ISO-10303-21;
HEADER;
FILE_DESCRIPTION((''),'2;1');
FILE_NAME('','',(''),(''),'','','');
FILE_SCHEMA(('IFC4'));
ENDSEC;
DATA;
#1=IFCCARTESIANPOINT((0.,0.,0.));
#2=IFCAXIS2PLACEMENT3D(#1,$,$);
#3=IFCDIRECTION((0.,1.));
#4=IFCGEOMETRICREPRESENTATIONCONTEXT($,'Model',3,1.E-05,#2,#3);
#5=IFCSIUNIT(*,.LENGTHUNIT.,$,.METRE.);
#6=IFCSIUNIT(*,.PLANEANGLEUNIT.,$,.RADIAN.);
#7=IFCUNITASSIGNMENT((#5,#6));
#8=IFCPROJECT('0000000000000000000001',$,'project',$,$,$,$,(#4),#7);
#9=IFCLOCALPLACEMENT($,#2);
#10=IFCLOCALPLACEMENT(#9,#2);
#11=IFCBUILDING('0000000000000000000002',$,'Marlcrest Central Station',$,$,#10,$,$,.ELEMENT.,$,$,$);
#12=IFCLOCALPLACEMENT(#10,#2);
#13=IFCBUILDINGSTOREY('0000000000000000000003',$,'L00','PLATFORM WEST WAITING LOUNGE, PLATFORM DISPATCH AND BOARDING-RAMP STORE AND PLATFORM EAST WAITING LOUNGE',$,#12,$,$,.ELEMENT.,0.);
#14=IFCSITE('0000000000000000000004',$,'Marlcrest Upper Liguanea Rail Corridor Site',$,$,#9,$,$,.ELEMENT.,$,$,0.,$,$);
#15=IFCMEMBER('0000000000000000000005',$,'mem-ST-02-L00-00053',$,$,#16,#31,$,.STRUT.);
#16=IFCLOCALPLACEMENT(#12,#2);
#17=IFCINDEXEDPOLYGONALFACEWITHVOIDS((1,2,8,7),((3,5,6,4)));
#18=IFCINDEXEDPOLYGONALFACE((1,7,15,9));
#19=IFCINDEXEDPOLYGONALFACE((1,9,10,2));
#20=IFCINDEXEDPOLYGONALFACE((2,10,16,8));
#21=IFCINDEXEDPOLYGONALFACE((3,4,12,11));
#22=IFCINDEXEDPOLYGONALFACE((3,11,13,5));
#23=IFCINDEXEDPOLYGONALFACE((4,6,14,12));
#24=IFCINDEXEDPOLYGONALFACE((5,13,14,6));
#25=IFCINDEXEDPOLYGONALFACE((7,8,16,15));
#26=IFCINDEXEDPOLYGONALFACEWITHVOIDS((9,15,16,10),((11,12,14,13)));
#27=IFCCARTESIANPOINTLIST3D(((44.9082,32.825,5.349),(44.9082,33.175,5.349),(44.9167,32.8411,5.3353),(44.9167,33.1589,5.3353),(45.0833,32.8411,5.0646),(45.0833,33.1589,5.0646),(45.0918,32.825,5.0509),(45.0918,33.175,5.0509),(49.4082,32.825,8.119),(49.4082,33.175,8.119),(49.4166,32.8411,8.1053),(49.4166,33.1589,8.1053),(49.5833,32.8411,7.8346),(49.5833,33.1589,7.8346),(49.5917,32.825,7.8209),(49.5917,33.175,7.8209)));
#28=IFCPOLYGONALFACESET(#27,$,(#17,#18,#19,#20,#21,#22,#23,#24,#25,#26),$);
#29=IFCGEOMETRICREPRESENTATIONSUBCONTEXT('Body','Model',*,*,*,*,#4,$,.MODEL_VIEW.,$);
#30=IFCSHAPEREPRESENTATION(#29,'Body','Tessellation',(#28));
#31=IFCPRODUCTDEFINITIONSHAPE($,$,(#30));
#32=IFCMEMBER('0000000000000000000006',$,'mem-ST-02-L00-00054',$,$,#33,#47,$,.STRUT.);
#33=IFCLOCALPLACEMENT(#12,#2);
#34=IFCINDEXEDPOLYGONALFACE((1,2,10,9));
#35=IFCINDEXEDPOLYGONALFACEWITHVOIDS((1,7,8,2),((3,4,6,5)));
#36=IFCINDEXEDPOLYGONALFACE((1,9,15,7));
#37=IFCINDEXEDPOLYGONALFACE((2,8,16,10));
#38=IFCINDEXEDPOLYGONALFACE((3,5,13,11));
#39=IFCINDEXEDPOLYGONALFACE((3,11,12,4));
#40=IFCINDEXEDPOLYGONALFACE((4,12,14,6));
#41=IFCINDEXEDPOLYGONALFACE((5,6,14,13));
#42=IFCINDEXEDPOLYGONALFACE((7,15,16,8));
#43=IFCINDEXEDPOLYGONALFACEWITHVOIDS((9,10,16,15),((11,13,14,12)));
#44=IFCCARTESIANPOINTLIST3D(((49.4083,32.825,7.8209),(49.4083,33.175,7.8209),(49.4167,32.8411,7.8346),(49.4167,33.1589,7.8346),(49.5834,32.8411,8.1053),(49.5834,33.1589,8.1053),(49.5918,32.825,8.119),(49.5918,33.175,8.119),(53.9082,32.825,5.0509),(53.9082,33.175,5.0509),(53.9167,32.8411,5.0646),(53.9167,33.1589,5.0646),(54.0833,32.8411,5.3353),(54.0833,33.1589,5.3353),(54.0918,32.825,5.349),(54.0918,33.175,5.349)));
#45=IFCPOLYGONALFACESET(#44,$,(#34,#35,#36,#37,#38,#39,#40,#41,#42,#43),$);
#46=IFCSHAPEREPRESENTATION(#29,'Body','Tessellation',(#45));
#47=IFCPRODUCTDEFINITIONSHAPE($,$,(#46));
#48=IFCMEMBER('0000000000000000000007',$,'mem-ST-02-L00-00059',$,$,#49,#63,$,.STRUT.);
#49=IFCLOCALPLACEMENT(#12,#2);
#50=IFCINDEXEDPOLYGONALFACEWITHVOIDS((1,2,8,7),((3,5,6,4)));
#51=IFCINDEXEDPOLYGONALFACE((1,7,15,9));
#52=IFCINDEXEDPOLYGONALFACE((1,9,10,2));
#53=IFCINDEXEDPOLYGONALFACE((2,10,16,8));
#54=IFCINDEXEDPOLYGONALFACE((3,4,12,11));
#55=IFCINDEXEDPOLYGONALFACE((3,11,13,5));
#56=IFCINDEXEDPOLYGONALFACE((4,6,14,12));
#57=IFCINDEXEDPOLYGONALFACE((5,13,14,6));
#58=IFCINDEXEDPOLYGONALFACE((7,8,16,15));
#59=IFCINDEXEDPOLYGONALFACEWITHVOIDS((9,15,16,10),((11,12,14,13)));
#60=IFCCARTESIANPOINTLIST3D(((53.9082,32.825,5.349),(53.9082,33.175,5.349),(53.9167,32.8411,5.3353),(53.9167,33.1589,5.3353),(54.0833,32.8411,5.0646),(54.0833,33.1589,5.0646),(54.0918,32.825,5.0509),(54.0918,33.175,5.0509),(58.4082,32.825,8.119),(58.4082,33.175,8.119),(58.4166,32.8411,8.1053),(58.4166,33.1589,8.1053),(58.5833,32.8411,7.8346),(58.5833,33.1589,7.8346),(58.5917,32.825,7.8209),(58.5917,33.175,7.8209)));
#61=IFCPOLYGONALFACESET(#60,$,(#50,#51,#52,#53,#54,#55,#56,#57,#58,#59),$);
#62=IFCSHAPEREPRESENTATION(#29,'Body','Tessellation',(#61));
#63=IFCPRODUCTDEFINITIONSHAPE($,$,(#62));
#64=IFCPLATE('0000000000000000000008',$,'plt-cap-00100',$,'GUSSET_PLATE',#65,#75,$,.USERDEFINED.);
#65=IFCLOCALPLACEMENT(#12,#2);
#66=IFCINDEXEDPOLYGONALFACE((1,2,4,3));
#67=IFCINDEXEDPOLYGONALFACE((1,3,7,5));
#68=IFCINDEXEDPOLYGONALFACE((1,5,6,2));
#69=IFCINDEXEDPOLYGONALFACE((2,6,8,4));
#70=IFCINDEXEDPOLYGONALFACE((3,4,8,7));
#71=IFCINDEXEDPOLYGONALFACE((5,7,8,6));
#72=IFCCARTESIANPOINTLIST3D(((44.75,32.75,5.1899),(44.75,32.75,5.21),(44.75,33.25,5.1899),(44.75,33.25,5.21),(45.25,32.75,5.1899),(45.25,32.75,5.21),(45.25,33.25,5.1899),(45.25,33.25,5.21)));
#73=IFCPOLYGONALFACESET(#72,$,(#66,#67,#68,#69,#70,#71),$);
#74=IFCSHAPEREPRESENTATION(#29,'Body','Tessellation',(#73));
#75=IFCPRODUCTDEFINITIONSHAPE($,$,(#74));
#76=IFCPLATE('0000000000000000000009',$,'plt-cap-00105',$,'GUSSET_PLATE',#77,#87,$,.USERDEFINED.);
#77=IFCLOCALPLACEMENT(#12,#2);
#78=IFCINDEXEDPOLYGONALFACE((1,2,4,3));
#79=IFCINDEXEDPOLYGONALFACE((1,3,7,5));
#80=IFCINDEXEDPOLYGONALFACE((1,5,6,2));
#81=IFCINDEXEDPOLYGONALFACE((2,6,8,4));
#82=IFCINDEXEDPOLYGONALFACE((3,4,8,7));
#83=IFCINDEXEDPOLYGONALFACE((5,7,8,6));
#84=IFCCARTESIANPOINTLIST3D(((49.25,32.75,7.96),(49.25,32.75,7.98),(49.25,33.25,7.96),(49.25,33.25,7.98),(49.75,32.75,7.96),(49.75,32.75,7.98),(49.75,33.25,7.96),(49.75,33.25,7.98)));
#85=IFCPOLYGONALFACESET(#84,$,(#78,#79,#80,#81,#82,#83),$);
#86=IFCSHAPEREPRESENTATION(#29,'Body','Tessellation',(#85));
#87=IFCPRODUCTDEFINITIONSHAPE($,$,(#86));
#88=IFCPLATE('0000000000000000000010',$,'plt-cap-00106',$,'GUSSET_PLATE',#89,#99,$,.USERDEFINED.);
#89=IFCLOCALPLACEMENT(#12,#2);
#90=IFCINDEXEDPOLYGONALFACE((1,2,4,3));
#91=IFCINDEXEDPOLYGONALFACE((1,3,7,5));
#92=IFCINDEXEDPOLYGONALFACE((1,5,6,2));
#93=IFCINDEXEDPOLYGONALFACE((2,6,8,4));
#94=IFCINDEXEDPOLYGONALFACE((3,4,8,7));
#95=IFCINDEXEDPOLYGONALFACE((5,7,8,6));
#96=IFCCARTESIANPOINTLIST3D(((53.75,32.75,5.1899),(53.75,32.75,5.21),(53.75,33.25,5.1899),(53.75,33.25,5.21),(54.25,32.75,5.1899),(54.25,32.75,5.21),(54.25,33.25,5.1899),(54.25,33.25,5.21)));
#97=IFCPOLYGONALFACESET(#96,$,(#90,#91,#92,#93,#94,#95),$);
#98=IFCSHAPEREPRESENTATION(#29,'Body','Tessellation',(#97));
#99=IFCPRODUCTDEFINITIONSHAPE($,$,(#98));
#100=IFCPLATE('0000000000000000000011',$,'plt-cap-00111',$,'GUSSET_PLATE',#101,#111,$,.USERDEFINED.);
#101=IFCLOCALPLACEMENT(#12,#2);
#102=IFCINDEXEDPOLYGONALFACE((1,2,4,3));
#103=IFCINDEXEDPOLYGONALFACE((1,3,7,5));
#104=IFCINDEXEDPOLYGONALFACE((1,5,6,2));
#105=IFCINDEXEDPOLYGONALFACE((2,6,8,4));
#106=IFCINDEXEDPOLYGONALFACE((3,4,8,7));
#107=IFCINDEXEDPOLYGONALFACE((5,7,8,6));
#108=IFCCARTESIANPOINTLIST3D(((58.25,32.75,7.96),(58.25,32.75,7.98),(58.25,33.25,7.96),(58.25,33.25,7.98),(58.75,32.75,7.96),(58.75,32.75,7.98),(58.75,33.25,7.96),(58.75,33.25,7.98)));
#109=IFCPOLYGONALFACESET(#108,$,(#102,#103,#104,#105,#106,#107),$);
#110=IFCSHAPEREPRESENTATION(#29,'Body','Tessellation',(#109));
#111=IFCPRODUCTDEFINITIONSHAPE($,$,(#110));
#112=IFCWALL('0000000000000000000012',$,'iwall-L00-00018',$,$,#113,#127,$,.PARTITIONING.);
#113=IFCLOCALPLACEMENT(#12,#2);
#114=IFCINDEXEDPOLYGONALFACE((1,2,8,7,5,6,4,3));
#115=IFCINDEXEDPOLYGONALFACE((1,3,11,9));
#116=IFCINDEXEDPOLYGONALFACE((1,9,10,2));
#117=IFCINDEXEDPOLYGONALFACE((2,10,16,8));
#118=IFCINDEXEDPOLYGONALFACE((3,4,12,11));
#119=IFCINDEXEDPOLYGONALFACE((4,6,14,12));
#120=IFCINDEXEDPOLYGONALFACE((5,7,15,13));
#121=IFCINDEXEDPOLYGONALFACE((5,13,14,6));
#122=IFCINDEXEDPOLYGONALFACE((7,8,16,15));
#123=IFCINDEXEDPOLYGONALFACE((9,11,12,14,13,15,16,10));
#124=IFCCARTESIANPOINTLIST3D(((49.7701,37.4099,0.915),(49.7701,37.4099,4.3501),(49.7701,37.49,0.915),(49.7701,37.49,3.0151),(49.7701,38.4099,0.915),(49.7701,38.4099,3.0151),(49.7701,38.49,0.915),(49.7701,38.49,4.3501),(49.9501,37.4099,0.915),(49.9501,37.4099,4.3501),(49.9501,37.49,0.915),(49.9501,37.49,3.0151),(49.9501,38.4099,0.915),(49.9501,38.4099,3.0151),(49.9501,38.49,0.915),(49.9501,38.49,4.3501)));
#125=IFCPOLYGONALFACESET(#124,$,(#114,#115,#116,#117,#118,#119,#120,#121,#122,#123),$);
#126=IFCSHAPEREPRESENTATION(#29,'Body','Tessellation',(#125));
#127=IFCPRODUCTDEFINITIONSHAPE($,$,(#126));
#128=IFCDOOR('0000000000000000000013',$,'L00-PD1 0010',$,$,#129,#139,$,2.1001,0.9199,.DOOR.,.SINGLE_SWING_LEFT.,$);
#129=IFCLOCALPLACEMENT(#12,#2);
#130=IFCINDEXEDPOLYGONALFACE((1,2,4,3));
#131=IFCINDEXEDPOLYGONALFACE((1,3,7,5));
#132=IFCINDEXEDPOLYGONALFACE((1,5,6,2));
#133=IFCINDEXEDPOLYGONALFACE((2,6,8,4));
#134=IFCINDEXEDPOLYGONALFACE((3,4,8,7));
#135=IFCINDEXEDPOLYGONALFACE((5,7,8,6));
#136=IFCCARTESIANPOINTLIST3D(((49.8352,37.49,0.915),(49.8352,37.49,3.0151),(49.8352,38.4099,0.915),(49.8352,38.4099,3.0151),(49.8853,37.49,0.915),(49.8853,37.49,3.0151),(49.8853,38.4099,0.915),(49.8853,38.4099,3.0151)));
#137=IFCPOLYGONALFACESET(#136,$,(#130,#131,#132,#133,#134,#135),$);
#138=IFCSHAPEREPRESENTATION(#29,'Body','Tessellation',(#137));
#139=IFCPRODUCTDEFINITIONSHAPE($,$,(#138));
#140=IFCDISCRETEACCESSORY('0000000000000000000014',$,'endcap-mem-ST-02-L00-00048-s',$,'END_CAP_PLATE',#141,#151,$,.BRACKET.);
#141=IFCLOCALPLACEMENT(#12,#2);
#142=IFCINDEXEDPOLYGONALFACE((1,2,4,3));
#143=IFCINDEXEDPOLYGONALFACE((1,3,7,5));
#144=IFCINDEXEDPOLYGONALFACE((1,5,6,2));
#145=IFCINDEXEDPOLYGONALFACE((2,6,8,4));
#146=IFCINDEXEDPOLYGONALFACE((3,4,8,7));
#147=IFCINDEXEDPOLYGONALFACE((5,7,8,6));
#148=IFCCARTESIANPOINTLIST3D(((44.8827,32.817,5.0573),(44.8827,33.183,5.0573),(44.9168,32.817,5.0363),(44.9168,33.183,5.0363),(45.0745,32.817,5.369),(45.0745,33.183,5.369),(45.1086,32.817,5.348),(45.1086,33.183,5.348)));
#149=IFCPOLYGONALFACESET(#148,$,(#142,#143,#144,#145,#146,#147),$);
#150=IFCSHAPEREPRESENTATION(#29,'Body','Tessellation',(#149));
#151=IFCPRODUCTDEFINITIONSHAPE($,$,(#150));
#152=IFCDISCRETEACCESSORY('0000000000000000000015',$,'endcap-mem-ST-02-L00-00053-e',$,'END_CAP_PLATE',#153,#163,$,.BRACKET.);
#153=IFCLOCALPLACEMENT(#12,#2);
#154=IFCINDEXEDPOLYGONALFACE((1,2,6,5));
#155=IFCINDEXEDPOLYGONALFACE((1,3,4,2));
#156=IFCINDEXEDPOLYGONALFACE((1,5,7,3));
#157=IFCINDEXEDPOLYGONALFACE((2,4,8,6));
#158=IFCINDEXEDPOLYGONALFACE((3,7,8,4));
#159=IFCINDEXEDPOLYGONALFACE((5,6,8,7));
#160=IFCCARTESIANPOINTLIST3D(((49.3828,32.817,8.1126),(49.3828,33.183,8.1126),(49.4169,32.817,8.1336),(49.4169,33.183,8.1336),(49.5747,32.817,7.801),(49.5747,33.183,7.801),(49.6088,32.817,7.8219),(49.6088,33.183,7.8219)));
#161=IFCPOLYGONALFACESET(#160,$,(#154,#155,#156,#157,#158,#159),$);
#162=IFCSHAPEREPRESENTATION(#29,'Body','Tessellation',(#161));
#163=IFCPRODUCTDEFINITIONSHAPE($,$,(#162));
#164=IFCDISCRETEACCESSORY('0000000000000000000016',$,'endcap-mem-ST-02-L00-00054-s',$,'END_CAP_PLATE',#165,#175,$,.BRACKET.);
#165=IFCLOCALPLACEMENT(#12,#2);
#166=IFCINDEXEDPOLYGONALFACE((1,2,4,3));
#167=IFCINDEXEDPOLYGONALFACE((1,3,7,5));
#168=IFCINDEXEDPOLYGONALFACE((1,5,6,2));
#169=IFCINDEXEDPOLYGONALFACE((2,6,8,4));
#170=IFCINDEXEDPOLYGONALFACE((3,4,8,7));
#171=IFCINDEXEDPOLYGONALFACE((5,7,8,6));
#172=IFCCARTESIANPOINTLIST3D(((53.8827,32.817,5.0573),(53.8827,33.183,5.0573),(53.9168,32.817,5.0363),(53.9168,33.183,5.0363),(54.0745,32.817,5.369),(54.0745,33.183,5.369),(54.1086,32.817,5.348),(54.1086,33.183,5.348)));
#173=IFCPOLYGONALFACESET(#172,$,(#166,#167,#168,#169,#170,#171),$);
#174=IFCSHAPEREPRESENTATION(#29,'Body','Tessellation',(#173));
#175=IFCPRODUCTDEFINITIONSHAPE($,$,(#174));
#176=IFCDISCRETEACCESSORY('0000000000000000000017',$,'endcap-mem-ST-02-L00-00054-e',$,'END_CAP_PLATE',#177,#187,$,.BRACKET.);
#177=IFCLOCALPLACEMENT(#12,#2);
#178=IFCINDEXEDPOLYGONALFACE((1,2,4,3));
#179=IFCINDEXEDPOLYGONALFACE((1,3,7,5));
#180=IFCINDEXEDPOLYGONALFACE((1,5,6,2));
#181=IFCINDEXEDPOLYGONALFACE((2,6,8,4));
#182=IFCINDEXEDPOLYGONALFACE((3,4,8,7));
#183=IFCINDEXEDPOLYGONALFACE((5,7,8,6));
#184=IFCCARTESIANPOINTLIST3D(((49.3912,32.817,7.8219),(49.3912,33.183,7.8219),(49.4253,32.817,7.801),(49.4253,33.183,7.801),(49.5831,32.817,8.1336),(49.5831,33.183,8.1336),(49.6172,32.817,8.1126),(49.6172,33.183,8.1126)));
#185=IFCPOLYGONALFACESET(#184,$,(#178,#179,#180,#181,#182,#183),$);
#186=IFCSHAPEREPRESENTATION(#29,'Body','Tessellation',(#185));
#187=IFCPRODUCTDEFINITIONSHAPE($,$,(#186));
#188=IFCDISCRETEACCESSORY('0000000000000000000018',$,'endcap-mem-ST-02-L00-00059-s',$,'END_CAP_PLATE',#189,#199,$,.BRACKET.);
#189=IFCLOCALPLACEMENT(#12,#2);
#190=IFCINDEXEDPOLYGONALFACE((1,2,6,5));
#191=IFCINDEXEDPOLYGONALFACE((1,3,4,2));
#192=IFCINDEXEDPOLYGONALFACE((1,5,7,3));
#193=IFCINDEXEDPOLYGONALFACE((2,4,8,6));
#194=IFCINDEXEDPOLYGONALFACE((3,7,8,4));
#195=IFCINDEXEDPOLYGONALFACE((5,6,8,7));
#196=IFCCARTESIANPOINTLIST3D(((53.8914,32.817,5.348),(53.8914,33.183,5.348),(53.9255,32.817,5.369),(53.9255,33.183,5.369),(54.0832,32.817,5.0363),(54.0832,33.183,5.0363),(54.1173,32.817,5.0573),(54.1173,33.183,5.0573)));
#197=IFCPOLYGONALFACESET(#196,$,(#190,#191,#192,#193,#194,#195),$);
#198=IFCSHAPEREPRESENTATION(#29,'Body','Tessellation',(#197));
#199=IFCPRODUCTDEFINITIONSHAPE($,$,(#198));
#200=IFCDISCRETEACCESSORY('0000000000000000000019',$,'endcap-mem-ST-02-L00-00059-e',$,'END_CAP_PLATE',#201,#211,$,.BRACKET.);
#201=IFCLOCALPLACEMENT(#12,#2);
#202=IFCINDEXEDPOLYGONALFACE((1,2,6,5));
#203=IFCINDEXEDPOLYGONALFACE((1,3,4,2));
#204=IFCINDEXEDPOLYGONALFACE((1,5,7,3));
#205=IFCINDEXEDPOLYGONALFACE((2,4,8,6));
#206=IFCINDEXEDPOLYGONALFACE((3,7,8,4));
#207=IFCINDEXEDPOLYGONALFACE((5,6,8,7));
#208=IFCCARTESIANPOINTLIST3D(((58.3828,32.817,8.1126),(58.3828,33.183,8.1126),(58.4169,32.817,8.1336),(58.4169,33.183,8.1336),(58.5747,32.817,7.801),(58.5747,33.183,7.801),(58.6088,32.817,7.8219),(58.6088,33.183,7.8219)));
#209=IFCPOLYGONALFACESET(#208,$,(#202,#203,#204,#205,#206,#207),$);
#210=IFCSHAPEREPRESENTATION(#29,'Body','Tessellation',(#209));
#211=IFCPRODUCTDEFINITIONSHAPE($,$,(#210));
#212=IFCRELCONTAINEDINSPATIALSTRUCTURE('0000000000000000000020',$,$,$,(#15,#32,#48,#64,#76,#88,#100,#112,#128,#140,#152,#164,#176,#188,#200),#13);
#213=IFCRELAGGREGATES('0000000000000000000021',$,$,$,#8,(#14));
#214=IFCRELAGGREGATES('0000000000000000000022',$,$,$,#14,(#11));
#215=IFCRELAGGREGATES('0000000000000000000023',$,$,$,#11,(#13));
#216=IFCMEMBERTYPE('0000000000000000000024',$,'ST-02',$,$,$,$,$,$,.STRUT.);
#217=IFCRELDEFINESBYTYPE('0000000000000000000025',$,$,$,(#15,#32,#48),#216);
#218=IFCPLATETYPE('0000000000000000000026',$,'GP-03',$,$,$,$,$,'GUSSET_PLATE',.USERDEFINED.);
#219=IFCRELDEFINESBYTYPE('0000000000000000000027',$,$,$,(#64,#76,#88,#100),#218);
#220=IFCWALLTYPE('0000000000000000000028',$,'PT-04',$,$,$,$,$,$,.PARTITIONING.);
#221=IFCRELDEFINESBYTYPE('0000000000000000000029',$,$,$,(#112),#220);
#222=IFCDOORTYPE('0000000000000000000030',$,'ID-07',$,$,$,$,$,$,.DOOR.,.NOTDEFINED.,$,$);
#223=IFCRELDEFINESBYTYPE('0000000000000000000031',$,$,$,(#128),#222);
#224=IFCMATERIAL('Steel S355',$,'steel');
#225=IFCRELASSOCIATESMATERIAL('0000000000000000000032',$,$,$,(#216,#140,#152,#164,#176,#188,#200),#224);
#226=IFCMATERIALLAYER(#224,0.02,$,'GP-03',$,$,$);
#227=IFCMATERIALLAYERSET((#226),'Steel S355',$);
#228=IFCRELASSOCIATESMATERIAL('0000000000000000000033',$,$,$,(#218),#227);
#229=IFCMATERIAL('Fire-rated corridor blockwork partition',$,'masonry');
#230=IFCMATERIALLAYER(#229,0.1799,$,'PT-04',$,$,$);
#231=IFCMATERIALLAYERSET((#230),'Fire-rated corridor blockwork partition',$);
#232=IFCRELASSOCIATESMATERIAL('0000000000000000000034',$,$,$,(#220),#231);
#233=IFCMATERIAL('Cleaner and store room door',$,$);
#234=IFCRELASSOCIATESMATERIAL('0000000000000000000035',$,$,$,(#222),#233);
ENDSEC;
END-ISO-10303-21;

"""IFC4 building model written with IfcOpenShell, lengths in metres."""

from ifc_helpers import new_model, si_unit, direction, frame, frame_2d, origin, origin_2d, place, context, subcontext, project, spatial, rectangle, hollow_rectangle, extrude, material, layer, layer_set, material_profile, profile_set, type_object, element, fill, save


model = new_model("IFC4")

# Units and contexts
model_context = context("Model", 3, precision=1e-05, world=origin(), true_north=direction((0.0, 1.0)))
body_context = subcontext(model_context, "Body", "Model", "MODEL_VIEW")
ifc_project = project(units=[si_unit("LENGTHUNIT", "METRE"), si_unit("PLANEANGLEUNIT", "RADIAN")], contexts=[model_context])

# Site, building, storey
site_placement = place(None, origin())
site = spatial("IfcSite", under=ifc_project, at=site_placement, Name="Marlcrest Upper Liguanea Rail Corridor Site", CompositionType="ELEMENT", RefElevation=0.0)
building_placement = place(site_placement, origin())
building = spatial("IfcBuilding", under=site, at=building_placement, Name="Marlcrest Central Station", CompositionType="ELEMENT")
storey_placement = place(building_placement, origin())
storey = spatial("IfcBuildingStorey", under=building, at=storey_placement, Name="L00", Description="PLATFORM WEST WAITING LOUNGE, PLATFORM DISPATCH AND BOARDING-RAMP STORE AND PLATFORM EAST WAITING LOUNGE", CompositionType="ELEMENT", Elevation=0.0)

# Shared definitions
ifc_material_1 = material(Name="Steel S355", Category="steel")

# Members
ifc_material_profile_1 = material_profile(ifc_material_1, hollow_rectangle(XDim=0.3501, YDim=0.3501, WallThickness=0.0161, at=origin_2d()), Name="SHS 350x350x16")
ifc_profile_set_1 = profile_set([ifc_material_profile_1], Name="Steel S355")
member_type = type_object("IfcMemberType", Name="ST-02", PredefinedType="STRUT", material=ifc_profile_set_1)
for number, where, z_axis, x_axis, name in (
    (1, (45.0, 33.0, 5.2), (0.851592, 0.0, 0.524206), (0.0, 1.0, 0.0), "mem-ST-02-L00-00053"),
    (2, (54.0, 33.0, 5.2), (-0.851592, 0.0, 0.524206), (0.0, -1.0, 0.0), "mem-ST-02-L00-00054"),
    (3, (54.0, 33.0, 5.2), (0.851592, 0.0, 0.524206), (0.0, 1.0, 0.0), "mem-ST-02-L00-00059"),
):
    element("IfcMember", number, at=place(storey_placement, frame(where, z_axis=z_axis, x_axis=x_axis)), inside=storey, type_object=member_type, Name=name, PredefinedType="STRUT", context=body_context, shape_type="SweptSolid", body=[
        extrude(hollow_rectangle(XDim=0.3501, YDim=0.3501, WallThickness=0.0161, at=origin_2d()), origin(), (0.0, 0.0, 1.0), 5.2842),
    ])

# Plates
ifc_layer_1 = layer(ifc_material_1, 0.02, Name="GP-03")
ifc_layer_set_1 = layer_set([ifc_layer_1], Name="Steel S355")
plate_type = type_object("IfcPlateType", Name="GP-03", ElementType="GUSSET_PLATE", PredefinedType="USERDEFINED", material=ifc_layer_set_1)
for number, where, z_axis, x_axis, name in (
    (4, (45.0, 33.0, 5.1899), (0.0, 0.0, 1.0), (1.0, 0.0, 0.0), "plt-cap-00100"),
    (5, (49.5, 33.0, 7.96), (0.0, 0.0, 1.0), (1.0, 0.0, 0.0), "plt-cap-00105"),
    (6, (54.0, 33.0, 5.1899), (0.0, 0.0, 1.0), (1.0, 0.0, 0.0), "plt-cap-00106"),
    (7, (58.5, 33.0, 7.96), (0.0, 0.0, 1.0), (1.0, 0.0, 0.0), "plt-cap-00111"),
):
    element("IfcPlate", number, at=place(storey_placement, frame(where, z_axis=z_axis, x_axis=x_axis)), inside=storey, type_object=plate_type, Name=name, ObjectType="GUSSET_PLATE", PredefinedType="USERDEFINED", context=body_context, shape_type="SweptSolid", body=[
        extrude(rectangle(XDim=0.5, YDim=0.5, at=origin_2d()), origin(), (0.0, 0.0, 1.0), 0.02),
    ])

# Wall, opening, door
ifc_material_2 = material(Name="Fire-rated corridor blockwork partition", Category="masonry")
ifc_layer_2 = layer(ifc_material_2, 0.1799, Name="PT-04")
ifc_layer_set_2 = layer_set([ifc_layer_2], Name="Fire-rated corridor blockwork partition")
wall_type = type_object("IfcWallType", Name="PT-04", PredefinedType="PARTITIONING", material=ifc_layer_set_2)
wall_1_placement = place(storey_placement, frame((49.8601, 37.4099, 0.915), z_axis=(0.0, 0.0, 1.0), x_axis=(0.0, 1.0, 0.0)))
wall_1 = element("IfcWall", 8, at=wall_1_placement, inside=storey, type_object=wall_type, Name="iwall-L00-00018", PredefinedType="PARTITIONING", context=body_context, shape_type="SweptSolid", body=[
    extrude(rectangle(XDim=1.0801, YDim=0.1799, at=frame_2d((0.54, 0.0))), origin(), (0.0, 0.0, 1.0), 3.4351),
])
opening_1_placement = place(wall_1_placement, frame((0.0801, 0.0, 0.0)))
opening_1 = element("IfcOpeningElement", 9, at=opening_1_placement, cuts=wall_1, PredefinedType="OPENING", context=body_context, shape_type="SweptSolid", body=[
    extrude(rectangle(XDim=0.9199, YDim=2.1001, at=frame_2d((0.46, 1.05))), frame((0.0, 0.0999, 0.0), z_axis=(0.0, -1.0, 0.0), x_axis=(1.0, 0.0, 0.0)), (0.0, 0.0, 1.0), 0.2),
])
ifc_material_3 = material(Name="Cleaner and store room door")
door_type_1 = type_object("IfcDoorType", Name="ID-07", OperationType="NOTDEFINED", PredefinedType="DOOR", material=ifc_material_3)
door_1_placement = place(opening_1_placement, origin())
door_1 = element("IfcDoor", 10, at=door_1_placement, inside=storey, type_object=door_type_1, Name="L00-PD1 0010", OperationType="SINGLE_SWING_LEFT", OverallHeight=2.1001, OverallWidth=0.9199, PredefinedType="DOOR", context=body_context, shape_type="SweptSolid", body=[
    extrude(rectangle(XDim=0.9199, YDim=2.1001, at=frame_2d((0.46, 1.05))), frame((0.0, 0.0249, 0.0), z_axis=(0.0, -1.0, 0.0), x_axis=(1.0, 0.0, 0.0)), (0.0, 0.0, 1.0), 0.05),
])
fill(opening_1, door_1)

# Discrete accessories
for number, where, z_axis, x_axis, name in (
    (11, (45.0127, 33.0, 5.1921), (-0.851592, 0.0, 0.524206), (0.0, -1.0, 0.0), "endcap-mem-ST-02-L00-00048-s"),
    (12, (49.4788, 33.0, 7.9568), (0.851592, 0.0, 0.524206), (0.0, 1.0, 0.0), "endcap-mem-ST-02-L00-00053-e"),
    (13, (54.0127, 33.0, 5.1921), (-0.851592, 0.0, 0.524206), (0.0, -1.0, 0.0), "endcap-mem-ST-02-L00-00054-s"),
    (14, (49.5212, 33.0, 7.9568), (-0.851592, 0.0, 0.524206), (0.0, -1.0, 0.0), "endcap-mem-ST-02-L00-00054-e"),
    (15, (53.9873, 33.0, 5.1921), (0.851592, 0.0, 0.524206), (0.0, 1.0, 0.0), "endcap-mem-ST-02-L00-00059-s"),
    (16, (58.4788, 33.0, 7.9568), (0.851592, 0.0, 0.524206), (0.0, 1.0, 0.0), "endcap-mem-ST-02-L00-00059-e"),
):
    element("IfcDiscreteAccessory", number, at=place(storey_placement, frame(where, z_axis=z_axis, x_axis=x_axis)), inside=storey, material=ifc_material_1, Name=name, ObjectType="END_CAP_PLATE", PredefinedType="BRACKET", context=body_context, shape_type="SweptSolid", body=[
        extrude(rectangle(XDim=0.366, YDim=0.366, at=origin_2d()), origin(), (0.0, 0.0, 1.0), 0.04),
    ])

save(model, "model.ifc")
